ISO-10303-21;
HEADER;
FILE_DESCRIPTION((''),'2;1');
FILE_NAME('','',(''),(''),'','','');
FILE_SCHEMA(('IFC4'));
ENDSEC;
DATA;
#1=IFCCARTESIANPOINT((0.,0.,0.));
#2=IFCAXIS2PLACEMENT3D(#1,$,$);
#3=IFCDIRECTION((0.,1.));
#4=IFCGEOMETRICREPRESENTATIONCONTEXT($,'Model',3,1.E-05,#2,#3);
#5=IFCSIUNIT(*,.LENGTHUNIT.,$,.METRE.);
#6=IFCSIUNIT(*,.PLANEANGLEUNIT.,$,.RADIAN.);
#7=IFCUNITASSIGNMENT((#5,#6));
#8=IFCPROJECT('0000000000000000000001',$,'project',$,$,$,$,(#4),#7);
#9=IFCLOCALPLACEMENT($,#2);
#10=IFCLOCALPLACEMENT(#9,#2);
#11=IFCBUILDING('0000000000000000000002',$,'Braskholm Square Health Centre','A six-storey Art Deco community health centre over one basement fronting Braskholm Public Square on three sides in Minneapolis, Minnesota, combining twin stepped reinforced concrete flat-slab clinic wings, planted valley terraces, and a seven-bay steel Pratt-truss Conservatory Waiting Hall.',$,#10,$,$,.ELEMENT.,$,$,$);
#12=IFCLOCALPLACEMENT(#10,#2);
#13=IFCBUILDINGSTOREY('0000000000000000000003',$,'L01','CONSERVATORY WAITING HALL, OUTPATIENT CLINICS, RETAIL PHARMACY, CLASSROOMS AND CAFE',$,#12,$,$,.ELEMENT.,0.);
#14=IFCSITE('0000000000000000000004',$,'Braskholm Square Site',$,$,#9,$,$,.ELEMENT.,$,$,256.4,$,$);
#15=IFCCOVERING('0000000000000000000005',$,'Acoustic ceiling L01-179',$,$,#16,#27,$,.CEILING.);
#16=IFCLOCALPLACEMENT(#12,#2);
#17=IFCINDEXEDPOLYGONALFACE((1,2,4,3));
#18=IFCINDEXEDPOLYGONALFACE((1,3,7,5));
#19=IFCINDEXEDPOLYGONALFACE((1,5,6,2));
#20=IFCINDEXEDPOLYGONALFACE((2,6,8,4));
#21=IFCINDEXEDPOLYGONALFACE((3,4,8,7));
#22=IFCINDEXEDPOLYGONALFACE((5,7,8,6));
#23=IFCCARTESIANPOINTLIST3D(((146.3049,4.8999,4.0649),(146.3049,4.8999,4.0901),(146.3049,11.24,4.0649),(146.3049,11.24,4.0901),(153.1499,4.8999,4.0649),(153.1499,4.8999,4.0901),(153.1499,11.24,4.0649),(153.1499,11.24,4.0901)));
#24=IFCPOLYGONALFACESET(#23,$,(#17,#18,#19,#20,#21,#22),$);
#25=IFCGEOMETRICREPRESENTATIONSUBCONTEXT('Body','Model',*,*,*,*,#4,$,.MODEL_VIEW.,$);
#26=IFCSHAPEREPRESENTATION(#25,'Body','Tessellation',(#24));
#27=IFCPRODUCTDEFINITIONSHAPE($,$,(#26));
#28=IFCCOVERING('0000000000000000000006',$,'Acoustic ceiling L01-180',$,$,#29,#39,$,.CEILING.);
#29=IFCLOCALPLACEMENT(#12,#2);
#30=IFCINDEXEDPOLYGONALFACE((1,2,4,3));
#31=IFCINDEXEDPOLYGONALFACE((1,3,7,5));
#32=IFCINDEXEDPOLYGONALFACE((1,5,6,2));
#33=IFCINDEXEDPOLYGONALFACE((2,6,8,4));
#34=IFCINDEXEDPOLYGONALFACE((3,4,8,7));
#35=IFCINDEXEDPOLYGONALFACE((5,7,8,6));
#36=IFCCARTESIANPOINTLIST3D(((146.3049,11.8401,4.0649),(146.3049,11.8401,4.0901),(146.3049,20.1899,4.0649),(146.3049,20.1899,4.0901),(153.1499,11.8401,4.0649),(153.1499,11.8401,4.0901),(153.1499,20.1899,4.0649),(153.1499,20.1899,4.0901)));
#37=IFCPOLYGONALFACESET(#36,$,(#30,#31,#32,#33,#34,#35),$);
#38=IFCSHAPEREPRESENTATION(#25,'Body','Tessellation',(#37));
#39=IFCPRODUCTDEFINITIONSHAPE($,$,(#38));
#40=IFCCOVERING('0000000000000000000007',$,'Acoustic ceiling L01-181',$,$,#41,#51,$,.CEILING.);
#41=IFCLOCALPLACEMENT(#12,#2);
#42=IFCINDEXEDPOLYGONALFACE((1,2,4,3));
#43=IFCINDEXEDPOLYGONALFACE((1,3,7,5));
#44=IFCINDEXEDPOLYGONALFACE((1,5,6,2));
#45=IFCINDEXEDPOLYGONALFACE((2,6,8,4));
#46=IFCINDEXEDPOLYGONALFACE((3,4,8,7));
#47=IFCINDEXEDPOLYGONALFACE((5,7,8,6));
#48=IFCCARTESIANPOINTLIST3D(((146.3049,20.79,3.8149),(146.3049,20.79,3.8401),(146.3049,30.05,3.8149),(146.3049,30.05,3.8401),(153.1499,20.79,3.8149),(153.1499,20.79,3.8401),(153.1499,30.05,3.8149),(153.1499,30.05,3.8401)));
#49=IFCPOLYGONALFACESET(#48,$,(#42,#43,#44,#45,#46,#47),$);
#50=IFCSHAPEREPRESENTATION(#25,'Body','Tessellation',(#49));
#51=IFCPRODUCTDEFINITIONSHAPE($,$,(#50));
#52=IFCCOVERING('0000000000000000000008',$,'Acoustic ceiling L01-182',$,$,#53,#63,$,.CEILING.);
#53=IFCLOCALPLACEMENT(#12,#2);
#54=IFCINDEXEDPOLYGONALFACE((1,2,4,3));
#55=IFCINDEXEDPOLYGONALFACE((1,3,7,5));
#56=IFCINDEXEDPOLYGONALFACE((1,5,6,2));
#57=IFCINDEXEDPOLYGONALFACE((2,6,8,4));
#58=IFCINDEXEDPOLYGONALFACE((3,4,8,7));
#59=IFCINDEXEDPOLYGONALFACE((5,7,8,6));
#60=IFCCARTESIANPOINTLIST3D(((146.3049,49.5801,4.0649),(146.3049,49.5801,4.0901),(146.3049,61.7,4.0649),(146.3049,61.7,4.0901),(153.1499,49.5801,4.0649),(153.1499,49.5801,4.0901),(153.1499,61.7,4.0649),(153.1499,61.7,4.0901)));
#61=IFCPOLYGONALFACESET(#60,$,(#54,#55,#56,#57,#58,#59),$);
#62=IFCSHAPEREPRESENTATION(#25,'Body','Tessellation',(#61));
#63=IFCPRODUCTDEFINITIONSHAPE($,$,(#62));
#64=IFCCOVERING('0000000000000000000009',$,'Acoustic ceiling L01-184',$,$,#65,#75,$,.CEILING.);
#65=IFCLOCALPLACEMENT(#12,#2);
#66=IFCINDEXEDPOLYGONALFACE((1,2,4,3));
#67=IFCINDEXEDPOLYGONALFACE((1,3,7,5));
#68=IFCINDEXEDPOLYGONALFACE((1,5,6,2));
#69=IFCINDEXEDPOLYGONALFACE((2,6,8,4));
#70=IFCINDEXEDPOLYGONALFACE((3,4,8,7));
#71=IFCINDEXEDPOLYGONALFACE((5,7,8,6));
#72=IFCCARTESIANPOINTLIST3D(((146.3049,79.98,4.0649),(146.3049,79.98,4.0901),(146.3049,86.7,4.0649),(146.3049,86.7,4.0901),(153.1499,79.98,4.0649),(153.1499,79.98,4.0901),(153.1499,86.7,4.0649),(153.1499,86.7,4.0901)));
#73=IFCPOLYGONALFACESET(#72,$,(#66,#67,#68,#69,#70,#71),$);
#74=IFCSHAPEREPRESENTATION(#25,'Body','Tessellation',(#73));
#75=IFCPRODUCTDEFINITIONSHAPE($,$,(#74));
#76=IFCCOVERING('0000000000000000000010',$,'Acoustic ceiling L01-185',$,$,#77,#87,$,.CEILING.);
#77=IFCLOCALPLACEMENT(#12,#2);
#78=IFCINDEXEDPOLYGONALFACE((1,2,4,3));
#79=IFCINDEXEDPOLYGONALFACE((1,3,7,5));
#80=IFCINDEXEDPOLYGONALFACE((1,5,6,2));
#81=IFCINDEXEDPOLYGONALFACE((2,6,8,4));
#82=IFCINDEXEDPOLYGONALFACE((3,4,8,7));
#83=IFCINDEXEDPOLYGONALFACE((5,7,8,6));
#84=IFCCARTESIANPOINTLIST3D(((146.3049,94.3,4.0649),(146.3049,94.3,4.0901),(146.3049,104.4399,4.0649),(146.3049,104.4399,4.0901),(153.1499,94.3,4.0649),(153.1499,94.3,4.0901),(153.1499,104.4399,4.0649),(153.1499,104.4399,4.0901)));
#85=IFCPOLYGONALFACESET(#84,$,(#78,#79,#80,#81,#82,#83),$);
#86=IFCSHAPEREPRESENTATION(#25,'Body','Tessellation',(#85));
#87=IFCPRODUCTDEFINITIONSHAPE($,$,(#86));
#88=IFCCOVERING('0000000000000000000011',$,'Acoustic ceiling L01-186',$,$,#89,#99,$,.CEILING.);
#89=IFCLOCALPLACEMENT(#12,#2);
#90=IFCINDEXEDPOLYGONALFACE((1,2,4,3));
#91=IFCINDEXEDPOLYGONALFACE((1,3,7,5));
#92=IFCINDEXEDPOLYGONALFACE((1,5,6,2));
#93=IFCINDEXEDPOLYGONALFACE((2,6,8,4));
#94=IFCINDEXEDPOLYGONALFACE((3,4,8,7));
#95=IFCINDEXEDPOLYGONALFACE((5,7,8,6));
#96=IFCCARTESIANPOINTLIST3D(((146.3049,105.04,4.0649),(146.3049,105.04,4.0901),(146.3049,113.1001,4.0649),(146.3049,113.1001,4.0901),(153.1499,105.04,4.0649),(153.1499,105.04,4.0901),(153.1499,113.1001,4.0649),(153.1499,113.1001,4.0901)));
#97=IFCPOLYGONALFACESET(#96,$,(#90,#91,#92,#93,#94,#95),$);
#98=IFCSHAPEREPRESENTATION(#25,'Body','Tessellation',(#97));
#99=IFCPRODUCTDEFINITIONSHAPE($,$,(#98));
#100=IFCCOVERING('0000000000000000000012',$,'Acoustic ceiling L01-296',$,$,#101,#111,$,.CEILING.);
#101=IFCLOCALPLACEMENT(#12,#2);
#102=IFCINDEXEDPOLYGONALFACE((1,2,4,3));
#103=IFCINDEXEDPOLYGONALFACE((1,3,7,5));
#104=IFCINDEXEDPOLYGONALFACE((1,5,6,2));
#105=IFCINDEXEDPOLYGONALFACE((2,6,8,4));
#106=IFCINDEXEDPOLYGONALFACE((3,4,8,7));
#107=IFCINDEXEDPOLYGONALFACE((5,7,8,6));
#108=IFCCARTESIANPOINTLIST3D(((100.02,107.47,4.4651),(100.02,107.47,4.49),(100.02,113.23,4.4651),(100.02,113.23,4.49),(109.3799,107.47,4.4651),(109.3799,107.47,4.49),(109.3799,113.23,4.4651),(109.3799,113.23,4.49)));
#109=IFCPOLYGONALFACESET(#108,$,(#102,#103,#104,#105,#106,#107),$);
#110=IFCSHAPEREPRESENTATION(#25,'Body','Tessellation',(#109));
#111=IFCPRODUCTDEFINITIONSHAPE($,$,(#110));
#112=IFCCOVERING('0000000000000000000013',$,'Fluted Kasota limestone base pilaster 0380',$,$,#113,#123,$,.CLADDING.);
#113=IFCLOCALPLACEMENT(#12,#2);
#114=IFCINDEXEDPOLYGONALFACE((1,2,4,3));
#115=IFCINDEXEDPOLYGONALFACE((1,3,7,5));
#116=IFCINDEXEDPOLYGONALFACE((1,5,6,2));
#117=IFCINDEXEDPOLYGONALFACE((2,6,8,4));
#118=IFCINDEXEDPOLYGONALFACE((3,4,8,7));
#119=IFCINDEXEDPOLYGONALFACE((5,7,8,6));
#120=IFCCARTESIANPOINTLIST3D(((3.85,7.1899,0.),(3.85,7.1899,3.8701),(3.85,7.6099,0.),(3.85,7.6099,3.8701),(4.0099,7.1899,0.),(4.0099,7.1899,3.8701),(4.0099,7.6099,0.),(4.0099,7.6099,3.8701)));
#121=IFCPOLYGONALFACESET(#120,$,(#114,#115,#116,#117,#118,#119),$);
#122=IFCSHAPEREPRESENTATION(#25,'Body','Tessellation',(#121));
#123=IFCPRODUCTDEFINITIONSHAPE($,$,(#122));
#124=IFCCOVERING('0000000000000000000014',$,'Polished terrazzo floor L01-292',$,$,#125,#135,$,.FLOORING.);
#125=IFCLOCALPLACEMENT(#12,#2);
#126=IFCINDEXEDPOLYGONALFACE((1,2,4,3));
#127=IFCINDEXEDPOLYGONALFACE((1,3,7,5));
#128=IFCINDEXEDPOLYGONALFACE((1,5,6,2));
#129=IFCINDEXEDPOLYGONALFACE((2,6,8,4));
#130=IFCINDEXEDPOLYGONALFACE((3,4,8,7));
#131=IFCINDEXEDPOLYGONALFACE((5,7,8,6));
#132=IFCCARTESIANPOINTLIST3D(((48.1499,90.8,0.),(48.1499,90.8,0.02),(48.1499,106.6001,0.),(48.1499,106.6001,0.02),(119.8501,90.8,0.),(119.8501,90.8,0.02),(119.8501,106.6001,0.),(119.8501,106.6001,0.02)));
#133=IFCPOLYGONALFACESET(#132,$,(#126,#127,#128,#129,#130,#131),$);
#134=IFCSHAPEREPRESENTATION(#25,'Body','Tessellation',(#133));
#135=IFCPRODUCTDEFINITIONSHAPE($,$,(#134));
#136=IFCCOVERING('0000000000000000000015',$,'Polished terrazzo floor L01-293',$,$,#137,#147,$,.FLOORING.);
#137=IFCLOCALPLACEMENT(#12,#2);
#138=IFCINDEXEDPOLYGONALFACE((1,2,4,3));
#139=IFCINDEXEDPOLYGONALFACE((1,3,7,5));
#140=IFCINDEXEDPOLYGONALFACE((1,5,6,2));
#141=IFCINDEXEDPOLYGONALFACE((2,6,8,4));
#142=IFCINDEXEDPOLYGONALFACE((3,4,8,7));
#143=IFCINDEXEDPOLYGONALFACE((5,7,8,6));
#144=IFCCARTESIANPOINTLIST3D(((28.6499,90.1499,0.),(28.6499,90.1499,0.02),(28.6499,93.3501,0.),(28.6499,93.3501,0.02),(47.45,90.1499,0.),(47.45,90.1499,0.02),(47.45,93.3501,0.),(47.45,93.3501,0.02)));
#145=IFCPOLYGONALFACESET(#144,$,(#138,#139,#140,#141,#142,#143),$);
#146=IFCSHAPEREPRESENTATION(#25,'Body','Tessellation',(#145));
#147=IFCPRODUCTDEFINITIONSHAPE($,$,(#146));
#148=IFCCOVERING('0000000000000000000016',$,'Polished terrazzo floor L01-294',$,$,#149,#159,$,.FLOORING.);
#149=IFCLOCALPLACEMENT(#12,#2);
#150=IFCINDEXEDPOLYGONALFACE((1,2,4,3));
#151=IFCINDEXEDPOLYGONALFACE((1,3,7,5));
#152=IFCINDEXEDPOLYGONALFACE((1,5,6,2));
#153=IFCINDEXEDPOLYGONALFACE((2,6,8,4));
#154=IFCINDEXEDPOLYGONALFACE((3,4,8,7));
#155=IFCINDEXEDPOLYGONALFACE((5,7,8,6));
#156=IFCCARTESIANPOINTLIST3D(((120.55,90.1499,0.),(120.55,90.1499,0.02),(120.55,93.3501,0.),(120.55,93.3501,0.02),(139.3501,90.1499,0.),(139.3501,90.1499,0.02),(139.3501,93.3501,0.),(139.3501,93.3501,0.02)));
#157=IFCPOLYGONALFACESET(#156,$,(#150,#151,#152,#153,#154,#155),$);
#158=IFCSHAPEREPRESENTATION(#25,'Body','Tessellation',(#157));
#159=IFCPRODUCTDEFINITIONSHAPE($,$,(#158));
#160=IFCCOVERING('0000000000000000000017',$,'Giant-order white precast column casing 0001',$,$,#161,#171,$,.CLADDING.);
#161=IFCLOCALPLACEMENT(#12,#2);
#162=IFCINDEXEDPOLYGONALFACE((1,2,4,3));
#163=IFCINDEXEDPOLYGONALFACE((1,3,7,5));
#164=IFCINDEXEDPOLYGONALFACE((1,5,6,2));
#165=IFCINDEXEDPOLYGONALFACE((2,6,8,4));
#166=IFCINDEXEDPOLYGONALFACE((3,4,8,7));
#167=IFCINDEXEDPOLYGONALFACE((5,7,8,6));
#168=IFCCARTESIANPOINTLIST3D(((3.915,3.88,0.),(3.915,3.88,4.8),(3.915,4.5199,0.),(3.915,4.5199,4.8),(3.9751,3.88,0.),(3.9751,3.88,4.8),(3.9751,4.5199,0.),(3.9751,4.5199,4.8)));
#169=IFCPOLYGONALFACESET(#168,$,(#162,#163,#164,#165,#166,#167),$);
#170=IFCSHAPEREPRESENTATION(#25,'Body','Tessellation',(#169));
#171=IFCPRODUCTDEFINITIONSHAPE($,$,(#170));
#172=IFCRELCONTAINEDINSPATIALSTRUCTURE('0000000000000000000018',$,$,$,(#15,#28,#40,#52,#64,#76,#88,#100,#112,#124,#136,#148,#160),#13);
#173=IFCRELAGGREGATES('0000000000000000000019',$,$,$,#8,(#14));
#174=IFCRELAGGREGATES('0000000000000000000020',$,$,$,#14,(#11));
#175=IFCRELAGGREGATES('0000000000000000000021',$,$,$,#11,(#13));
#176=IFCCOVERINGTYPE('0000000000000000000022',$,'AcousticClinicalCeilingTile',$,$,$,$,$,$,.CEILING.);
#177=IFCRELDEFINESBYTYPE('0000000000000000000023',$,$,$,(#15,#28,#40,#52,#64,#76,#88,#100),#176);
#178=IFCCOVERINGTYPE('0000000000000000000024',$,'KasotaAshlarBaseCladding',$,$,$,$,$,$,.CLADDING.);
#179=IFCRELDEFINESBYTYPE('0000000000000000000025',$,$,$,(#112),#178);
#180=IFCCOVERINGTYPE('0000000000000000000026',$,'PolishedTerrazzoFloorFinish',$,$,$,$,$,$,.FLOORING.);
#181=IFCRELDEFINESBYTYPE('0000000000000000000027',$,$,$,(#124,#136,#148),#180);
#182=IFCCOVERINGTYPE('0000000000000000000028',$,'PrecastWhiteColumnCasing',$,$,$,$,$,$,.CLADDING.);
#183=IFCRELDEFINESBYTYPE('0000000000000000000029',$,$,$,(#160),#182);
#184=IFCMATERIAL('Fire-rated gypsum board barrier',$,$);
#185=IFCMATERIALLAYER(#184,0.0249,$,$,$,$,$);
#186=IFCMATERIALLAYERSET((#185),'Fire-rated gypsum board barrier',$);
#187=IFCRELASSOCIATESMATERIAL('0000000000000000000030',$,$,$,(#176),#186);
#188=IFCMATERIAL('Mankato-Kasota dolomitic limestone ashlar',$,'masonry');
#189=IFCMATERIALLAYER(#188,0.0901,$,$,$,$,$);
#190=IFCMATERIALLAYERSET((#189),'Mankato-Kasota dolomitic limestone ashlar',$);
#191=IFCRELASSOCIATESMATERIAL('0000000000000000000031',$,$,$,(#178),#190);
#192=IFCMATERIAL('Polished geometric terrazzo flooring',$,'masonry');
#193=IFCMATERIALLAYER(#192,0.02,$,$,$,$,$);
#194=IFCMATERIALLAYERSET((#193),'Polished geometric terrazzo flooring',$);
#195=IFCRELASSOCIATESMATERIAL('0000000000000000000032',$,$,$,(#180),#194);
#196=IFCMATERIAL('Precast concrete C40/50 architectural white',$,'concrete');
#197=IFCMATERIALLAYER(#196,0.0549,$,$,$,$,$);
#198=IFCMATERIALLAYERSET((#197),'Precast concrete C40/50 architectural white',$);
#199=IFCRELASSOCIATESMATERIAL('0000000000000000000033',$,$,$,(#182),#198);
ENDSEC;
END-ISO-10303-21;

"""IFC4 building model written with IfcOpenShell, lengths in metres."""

from ifc_helpers import new_model, si_unit, direction, frame, origin, origin_2d, place, context, subcontext, project, spatial, polyline, rectangle, outline, extrude, material, layer, layer_set, type_object, element, save


model = new_model("IFC4")

# Units and contexts
model_context = context("Model", 3, precision=1e-05, world=origin(), true_north=direction((0.0, 1.0)))
body_context = subcontext(model_context, "Body", "Model", "MODEL_VIEW")
ifc_project = project(units=[si_unit("LENGTHUNIT", "METRE"), si_unit("PLANEANGLEUNIT", "RADIAN")], contexts=[model_context])

# Site, building, storey
site_placement = place(None, origin())
site = spatial("IfcSite", under=ifc_project, at=site_placement, Name="Braskholm Square Site", CompositionType="ELEMENT", RefElevation=256.4)
building_placement = place(site_placement, origin())
building = spatial("IfcBuilding", under=site, at=building_placement, Name="Braskholm Square Health Centre", Description="A six-storey Art Deco community health centre over one basement fronting Braskholm Public Square on three sides in Minneapolis, Minnesota, combining twin stepped reinforced concrete flat-slab clinic wings, planted valley terraces, and a seven-bay steel Pratt-truss Conservatory Waiting Hall.", CompositionType="ELEMENT")
storey_placement = place(building_placement, origin())
storey = spatial("IfcBuildingStorey", under=building, at=storey_placement, Name="L01", Description="CONSERVATORY WAITING HALL, OUTPATIENT CLINICS, RETAIL PHARMACY, CLASSROOMS AND CAFE", CompositionType="ELEMENT", Elevation=0.0)

# Shared definitions
ifc_material_1 = material(Name="Precast concrete C40/50 architectural white", Category="concrete")

# Coverings
ifc_material_2 = material(Name="Fire-rated gypsum board barrier")
ifc_layer_1 = layer(ifc_material_2, 0.0249)
ifc_layer_set_1 = layer_set([ifc_layer_1], Name="Fire-rated gypsum board barrier")
covering_type_1 = type_object("IfcCoveringType", Name="AcousticClinicalCeilingTile", PredefinedType="CEILING", material=ifc_layer_set_1)
covering_1_placement = place(storey_placement, frame((0.0, 0.0, 4.0649)))
element("IfcCovering", 1, at=covering_1_placement, inside=storey, type_object=covering_type_1, Name="Acoustic ceiling L01-179", PredefinedType="CEILING", context=body_context, shape_type="SweptSolid", body=[
    extrude(outline(polyline([(146.3049, 4.8999), (153.1499, 4.8999), (153.1499, 11.24), (146.3049, 11.24), (146.3049, 4.8999)])), origin(), (0.0, 0.0, 1.0), 0.0251),
])
covering_2_placement = place(storey_placement, frame((0.0, 0.0, 4.0649)))
element("IfcCovering", 2, at=covering_2_placement, inside=storey, type_object=covering_type_1, Name="Acoustic ceiling L01-180", PredefinedType="CEILING", context=body_context, shape_type="SweptSolid", body=[
    extrude(outline(polyline([(146.3049, 11.8401), (153.1499, 11.8401), (153.1499, 20.1899), (146.3049, 20.1899), (146.3049, 11.8401)])), origin(), (0.0, 0.0, 1.0), 0.0251),
])
covering_3_placement = place(storey_placement, frame((0.0, 0.0, 3.8149)))
element("IfcCovering", 3, at=covering_3_placement, inside=storey, type_object=covering_type_1, Name="Acoustic ceiling L01-181", PredefinedType="CEILING", context=body_context, shape_type="SweptSolid", body=[
    extrude(outline(polyline([(146.3049, 20.79), (153.1499, 20.79), (153.1499, 30.05), (146.3049, 30.05), (146.3049, 20.79)])), origin(), (0.0, 0.0, 1.0), 0.0251),
])
covering_4_placement = place(storey_placement, frame((0.0, 0.0, 4.0649)))
element("IfcCovering", 4, at=covering_4_placement, inside=storey, type_object=covering_type_1, Name="Acoustic ceiling L01-182", PredefinedType="CEILING", context=body_context, shape_type="SweptSolid", body=[
    extrude(outline(polyline([(146.3049, 49.5801), (153.1499, 49.5801), (153.1499, 61.7), (146.3049, 61.7), (146.3049, 49.5801)])), origin(), (0.0, 0.0, 1.0), 0.0251),
])
covering_5_placement = place(storey_placement, frame((0.0, 0.0, 4.0649)))
element("IfcCovering", 5, at=covering_5_placement, inside=storey, type_object=covering_type_1, Name="Acoustic ceiling L01-184", PredefinedType="CEILING", context=body_context, shape_type="SweptSolid", body=[
    extrude(outline(polyline([(146.3049, 79.98), (153.1499, 79.98), (153.1499, 86.7), (146.3049, 86.7), (146.3049, 79.98)])), origin(), (0.0, 0.0, 1.0), 0.0251),
])
covering_6_placement = place(storey_placement, frame((0.0, 0.0, 4.0649)))
element("IfcCovering", 6, at=covering_6_placement, inside=storey, type_object=covering_type_1, Name="Acoustic ceiling L01-185", PredefinedType="CEILING", context=body_context, shape_type="SweptSolid", body=[
    extrude(outline(polyline([(146.3049, 94.3), (153.1499, 94.3), (153.1499, 104.4399), (146.3049, 104.4399), (146.3049, 94.3)])), origin(), (0.0, 0.0, 1.0), 0.0251),
])
covering_7_placement = place(storey_placement, frame((0.0, 0.0, 4.0649)))
element("IfcCovering", 7, at=covering_7_placement, inside=storey, type_object=covering_type_1, Name="Acoustic ceiling L01-186", PredefinedType="CEILING", context=body_context, shape_type="SweptSolid", body=[
    extrude(outline(polyline([(146.3049, 105.04), (153.1499, 105.04), (153.1499, 113.1001), (146.3049, 113.1001), (146.3049, 105.04)])), origin(), (0.0, 0.0, 1.0), 0.0251),
])
covering_8_placement = place(storey_placement, frame((0.0, 0.0, 4.4651)))
element("IfcCovering", 8, at=covering_8_placement, inside=storey, type_object=covering_type_1, Name="Acoustic ceiling L01-296", PredefinedType="CEILING", context=body_context, shape_type="SweptSolid", body=[
    extrude(outline(polyline([(100.02, 107.47), (109.3799, 107.47), (109.3799, 113.23), (100.02, 113.23), (100.02, 107.47)])), origin(), (0.0, 0.0, 1.0), 0.0249),
])
ifc_material_3 = material(Name="Mankato-Kasota dolomitic limestone ashlar", Category="masonry")
ifc_layer_2 = layer(ifc_material_3, 0.0901)
ifc_layer_set_2 = layer_set([ifc_layer_2], Name="Mankato-Kasota dolomitic limestone ashlar")
covering_type_2 = type_object("IfcCoveringType", Name="KasotaAshlarBaseCladding", PredefinedType="CLADDING", material=ifc_layer_set_2)
covering_9_placement = place(storey_placement, frame((3.9299, 7.3999, 0.0), z_axis=(0.0, 0.0, 1.0), x_axis=(1.0, 0.0, 0.0)))
element("IfcCovering", 9, at=covering_9_placement, inside=storey, type_object=covering_type_2, Name="Fluted Kasota limestone base pilaster 0380", PredefinedType="CLADDING", context=body_context, shape_type="SweptSolid", body=[
    extrude(rectangle(XDim=0.1599, YDim=0.4199, at=origin_2d()), origin(), (0.0, 0.0, 1.0), 3.8701),
])
ifc_material_4 = material(Name="Polished geometric terrazzo flooring", Category="masonry")
ifc_layer_3 = layer(ifc_material_4, 0.02)
ifc_layer_set_3 = layer_set([ifc_layer_3], Name="Polished geometric terrazzo flooring")
covering_type_3 = type_object("IfcCoveringType", Name="PolishedTerrazzoFloorFinish", PredefinedType="FLOORING", material=ifc_layer_set_3)
covering_10_placement = place(storey_placement, origin())
element("IfcCovering", 10, at=covering_10_placement, inside=storey, type_object=covering_type_3, Name="Polished terrazzo floor L01-292", PredefinedType="FLOORING", context=body_context, shape_type="SweptSolid", body=[
    extrude(outline(polyline([(48.1499, 90.8), (119.8501, 90.8), (119.8501, 106.6001), (48.1499, 106.6001), (48.1499, 90.8)])), origin(), (0.0, 0.0, 1.0), 0.02),
])
covering_11_placement = place(storey_placement, origin())
element("IfcCovering", 11, at=covering_11_placement, inside=storey, type_object=covering_type_3, Name="Polished terrazzo floor L01-293", PredefinedType="FLOORING", context=body_context, shape_type="SweptSolid", body=[
    extrude(outline(polyline([(28.6499, 90.1499), (47.45, 90.1499), (47.45, 93.3501), (28.6499, 93.3501), (28.6499, 90.1499)])), origin(), (0.0, 0.0, 1.0), 0.02),
])
covering_12_placement = place(storey_placement, origin())
element("IfcCovering", 12, at=covering_12_placement, inside=storey, type_object=covering_type_3, Name="Polished terrazzo floor L01-294", PredefinedType="FLOORING", context=body_context, shape_type="SweptSolid", body=[
    extrude(outline(polyline([(120.55, 90.1499), (139.3501, 90.1499), (139.3501, 93.3501), (120.55, 93.3501), (120.55, 90.1499)])), origin(), (0.0, 0.0, 1.0), 0.02),
])
ifc_layer_4 = layer(ifc_material_1, 0.0549)
ifc_layer_set_4 = layer_set([ifc_layer_4], Name="Precast concrete C40/50 architectural white")
covering_type_4 = type_object("IfcCoveringType", Name="PrecastWhiteColumnCasing", PredefinedType="CLADDING", material=ifc_layer_set_4)
covering_13_placement = place(storey_placement, frame((3.9451, 4.2, 0.0), z_axis=(0.0, 0.0, 1.0), x_axis=(1.0, 0.0, 0.0)))
element("IfcCovering", 13, at=covering_13_placement, inside=storey, type_object=covering_type_4, Name="Giant-order white precast column casing 0001", PredefinedType="CLADDING", context=body_context, shape_type="SweptSolid", body=[
    extrude(rectangle(XDim=0.0601, YDim=0.6399, at=origin_2d()), origin(), (0.0, 0.0, 1.0), 4.8),
])

save(model, "model.ifc")
